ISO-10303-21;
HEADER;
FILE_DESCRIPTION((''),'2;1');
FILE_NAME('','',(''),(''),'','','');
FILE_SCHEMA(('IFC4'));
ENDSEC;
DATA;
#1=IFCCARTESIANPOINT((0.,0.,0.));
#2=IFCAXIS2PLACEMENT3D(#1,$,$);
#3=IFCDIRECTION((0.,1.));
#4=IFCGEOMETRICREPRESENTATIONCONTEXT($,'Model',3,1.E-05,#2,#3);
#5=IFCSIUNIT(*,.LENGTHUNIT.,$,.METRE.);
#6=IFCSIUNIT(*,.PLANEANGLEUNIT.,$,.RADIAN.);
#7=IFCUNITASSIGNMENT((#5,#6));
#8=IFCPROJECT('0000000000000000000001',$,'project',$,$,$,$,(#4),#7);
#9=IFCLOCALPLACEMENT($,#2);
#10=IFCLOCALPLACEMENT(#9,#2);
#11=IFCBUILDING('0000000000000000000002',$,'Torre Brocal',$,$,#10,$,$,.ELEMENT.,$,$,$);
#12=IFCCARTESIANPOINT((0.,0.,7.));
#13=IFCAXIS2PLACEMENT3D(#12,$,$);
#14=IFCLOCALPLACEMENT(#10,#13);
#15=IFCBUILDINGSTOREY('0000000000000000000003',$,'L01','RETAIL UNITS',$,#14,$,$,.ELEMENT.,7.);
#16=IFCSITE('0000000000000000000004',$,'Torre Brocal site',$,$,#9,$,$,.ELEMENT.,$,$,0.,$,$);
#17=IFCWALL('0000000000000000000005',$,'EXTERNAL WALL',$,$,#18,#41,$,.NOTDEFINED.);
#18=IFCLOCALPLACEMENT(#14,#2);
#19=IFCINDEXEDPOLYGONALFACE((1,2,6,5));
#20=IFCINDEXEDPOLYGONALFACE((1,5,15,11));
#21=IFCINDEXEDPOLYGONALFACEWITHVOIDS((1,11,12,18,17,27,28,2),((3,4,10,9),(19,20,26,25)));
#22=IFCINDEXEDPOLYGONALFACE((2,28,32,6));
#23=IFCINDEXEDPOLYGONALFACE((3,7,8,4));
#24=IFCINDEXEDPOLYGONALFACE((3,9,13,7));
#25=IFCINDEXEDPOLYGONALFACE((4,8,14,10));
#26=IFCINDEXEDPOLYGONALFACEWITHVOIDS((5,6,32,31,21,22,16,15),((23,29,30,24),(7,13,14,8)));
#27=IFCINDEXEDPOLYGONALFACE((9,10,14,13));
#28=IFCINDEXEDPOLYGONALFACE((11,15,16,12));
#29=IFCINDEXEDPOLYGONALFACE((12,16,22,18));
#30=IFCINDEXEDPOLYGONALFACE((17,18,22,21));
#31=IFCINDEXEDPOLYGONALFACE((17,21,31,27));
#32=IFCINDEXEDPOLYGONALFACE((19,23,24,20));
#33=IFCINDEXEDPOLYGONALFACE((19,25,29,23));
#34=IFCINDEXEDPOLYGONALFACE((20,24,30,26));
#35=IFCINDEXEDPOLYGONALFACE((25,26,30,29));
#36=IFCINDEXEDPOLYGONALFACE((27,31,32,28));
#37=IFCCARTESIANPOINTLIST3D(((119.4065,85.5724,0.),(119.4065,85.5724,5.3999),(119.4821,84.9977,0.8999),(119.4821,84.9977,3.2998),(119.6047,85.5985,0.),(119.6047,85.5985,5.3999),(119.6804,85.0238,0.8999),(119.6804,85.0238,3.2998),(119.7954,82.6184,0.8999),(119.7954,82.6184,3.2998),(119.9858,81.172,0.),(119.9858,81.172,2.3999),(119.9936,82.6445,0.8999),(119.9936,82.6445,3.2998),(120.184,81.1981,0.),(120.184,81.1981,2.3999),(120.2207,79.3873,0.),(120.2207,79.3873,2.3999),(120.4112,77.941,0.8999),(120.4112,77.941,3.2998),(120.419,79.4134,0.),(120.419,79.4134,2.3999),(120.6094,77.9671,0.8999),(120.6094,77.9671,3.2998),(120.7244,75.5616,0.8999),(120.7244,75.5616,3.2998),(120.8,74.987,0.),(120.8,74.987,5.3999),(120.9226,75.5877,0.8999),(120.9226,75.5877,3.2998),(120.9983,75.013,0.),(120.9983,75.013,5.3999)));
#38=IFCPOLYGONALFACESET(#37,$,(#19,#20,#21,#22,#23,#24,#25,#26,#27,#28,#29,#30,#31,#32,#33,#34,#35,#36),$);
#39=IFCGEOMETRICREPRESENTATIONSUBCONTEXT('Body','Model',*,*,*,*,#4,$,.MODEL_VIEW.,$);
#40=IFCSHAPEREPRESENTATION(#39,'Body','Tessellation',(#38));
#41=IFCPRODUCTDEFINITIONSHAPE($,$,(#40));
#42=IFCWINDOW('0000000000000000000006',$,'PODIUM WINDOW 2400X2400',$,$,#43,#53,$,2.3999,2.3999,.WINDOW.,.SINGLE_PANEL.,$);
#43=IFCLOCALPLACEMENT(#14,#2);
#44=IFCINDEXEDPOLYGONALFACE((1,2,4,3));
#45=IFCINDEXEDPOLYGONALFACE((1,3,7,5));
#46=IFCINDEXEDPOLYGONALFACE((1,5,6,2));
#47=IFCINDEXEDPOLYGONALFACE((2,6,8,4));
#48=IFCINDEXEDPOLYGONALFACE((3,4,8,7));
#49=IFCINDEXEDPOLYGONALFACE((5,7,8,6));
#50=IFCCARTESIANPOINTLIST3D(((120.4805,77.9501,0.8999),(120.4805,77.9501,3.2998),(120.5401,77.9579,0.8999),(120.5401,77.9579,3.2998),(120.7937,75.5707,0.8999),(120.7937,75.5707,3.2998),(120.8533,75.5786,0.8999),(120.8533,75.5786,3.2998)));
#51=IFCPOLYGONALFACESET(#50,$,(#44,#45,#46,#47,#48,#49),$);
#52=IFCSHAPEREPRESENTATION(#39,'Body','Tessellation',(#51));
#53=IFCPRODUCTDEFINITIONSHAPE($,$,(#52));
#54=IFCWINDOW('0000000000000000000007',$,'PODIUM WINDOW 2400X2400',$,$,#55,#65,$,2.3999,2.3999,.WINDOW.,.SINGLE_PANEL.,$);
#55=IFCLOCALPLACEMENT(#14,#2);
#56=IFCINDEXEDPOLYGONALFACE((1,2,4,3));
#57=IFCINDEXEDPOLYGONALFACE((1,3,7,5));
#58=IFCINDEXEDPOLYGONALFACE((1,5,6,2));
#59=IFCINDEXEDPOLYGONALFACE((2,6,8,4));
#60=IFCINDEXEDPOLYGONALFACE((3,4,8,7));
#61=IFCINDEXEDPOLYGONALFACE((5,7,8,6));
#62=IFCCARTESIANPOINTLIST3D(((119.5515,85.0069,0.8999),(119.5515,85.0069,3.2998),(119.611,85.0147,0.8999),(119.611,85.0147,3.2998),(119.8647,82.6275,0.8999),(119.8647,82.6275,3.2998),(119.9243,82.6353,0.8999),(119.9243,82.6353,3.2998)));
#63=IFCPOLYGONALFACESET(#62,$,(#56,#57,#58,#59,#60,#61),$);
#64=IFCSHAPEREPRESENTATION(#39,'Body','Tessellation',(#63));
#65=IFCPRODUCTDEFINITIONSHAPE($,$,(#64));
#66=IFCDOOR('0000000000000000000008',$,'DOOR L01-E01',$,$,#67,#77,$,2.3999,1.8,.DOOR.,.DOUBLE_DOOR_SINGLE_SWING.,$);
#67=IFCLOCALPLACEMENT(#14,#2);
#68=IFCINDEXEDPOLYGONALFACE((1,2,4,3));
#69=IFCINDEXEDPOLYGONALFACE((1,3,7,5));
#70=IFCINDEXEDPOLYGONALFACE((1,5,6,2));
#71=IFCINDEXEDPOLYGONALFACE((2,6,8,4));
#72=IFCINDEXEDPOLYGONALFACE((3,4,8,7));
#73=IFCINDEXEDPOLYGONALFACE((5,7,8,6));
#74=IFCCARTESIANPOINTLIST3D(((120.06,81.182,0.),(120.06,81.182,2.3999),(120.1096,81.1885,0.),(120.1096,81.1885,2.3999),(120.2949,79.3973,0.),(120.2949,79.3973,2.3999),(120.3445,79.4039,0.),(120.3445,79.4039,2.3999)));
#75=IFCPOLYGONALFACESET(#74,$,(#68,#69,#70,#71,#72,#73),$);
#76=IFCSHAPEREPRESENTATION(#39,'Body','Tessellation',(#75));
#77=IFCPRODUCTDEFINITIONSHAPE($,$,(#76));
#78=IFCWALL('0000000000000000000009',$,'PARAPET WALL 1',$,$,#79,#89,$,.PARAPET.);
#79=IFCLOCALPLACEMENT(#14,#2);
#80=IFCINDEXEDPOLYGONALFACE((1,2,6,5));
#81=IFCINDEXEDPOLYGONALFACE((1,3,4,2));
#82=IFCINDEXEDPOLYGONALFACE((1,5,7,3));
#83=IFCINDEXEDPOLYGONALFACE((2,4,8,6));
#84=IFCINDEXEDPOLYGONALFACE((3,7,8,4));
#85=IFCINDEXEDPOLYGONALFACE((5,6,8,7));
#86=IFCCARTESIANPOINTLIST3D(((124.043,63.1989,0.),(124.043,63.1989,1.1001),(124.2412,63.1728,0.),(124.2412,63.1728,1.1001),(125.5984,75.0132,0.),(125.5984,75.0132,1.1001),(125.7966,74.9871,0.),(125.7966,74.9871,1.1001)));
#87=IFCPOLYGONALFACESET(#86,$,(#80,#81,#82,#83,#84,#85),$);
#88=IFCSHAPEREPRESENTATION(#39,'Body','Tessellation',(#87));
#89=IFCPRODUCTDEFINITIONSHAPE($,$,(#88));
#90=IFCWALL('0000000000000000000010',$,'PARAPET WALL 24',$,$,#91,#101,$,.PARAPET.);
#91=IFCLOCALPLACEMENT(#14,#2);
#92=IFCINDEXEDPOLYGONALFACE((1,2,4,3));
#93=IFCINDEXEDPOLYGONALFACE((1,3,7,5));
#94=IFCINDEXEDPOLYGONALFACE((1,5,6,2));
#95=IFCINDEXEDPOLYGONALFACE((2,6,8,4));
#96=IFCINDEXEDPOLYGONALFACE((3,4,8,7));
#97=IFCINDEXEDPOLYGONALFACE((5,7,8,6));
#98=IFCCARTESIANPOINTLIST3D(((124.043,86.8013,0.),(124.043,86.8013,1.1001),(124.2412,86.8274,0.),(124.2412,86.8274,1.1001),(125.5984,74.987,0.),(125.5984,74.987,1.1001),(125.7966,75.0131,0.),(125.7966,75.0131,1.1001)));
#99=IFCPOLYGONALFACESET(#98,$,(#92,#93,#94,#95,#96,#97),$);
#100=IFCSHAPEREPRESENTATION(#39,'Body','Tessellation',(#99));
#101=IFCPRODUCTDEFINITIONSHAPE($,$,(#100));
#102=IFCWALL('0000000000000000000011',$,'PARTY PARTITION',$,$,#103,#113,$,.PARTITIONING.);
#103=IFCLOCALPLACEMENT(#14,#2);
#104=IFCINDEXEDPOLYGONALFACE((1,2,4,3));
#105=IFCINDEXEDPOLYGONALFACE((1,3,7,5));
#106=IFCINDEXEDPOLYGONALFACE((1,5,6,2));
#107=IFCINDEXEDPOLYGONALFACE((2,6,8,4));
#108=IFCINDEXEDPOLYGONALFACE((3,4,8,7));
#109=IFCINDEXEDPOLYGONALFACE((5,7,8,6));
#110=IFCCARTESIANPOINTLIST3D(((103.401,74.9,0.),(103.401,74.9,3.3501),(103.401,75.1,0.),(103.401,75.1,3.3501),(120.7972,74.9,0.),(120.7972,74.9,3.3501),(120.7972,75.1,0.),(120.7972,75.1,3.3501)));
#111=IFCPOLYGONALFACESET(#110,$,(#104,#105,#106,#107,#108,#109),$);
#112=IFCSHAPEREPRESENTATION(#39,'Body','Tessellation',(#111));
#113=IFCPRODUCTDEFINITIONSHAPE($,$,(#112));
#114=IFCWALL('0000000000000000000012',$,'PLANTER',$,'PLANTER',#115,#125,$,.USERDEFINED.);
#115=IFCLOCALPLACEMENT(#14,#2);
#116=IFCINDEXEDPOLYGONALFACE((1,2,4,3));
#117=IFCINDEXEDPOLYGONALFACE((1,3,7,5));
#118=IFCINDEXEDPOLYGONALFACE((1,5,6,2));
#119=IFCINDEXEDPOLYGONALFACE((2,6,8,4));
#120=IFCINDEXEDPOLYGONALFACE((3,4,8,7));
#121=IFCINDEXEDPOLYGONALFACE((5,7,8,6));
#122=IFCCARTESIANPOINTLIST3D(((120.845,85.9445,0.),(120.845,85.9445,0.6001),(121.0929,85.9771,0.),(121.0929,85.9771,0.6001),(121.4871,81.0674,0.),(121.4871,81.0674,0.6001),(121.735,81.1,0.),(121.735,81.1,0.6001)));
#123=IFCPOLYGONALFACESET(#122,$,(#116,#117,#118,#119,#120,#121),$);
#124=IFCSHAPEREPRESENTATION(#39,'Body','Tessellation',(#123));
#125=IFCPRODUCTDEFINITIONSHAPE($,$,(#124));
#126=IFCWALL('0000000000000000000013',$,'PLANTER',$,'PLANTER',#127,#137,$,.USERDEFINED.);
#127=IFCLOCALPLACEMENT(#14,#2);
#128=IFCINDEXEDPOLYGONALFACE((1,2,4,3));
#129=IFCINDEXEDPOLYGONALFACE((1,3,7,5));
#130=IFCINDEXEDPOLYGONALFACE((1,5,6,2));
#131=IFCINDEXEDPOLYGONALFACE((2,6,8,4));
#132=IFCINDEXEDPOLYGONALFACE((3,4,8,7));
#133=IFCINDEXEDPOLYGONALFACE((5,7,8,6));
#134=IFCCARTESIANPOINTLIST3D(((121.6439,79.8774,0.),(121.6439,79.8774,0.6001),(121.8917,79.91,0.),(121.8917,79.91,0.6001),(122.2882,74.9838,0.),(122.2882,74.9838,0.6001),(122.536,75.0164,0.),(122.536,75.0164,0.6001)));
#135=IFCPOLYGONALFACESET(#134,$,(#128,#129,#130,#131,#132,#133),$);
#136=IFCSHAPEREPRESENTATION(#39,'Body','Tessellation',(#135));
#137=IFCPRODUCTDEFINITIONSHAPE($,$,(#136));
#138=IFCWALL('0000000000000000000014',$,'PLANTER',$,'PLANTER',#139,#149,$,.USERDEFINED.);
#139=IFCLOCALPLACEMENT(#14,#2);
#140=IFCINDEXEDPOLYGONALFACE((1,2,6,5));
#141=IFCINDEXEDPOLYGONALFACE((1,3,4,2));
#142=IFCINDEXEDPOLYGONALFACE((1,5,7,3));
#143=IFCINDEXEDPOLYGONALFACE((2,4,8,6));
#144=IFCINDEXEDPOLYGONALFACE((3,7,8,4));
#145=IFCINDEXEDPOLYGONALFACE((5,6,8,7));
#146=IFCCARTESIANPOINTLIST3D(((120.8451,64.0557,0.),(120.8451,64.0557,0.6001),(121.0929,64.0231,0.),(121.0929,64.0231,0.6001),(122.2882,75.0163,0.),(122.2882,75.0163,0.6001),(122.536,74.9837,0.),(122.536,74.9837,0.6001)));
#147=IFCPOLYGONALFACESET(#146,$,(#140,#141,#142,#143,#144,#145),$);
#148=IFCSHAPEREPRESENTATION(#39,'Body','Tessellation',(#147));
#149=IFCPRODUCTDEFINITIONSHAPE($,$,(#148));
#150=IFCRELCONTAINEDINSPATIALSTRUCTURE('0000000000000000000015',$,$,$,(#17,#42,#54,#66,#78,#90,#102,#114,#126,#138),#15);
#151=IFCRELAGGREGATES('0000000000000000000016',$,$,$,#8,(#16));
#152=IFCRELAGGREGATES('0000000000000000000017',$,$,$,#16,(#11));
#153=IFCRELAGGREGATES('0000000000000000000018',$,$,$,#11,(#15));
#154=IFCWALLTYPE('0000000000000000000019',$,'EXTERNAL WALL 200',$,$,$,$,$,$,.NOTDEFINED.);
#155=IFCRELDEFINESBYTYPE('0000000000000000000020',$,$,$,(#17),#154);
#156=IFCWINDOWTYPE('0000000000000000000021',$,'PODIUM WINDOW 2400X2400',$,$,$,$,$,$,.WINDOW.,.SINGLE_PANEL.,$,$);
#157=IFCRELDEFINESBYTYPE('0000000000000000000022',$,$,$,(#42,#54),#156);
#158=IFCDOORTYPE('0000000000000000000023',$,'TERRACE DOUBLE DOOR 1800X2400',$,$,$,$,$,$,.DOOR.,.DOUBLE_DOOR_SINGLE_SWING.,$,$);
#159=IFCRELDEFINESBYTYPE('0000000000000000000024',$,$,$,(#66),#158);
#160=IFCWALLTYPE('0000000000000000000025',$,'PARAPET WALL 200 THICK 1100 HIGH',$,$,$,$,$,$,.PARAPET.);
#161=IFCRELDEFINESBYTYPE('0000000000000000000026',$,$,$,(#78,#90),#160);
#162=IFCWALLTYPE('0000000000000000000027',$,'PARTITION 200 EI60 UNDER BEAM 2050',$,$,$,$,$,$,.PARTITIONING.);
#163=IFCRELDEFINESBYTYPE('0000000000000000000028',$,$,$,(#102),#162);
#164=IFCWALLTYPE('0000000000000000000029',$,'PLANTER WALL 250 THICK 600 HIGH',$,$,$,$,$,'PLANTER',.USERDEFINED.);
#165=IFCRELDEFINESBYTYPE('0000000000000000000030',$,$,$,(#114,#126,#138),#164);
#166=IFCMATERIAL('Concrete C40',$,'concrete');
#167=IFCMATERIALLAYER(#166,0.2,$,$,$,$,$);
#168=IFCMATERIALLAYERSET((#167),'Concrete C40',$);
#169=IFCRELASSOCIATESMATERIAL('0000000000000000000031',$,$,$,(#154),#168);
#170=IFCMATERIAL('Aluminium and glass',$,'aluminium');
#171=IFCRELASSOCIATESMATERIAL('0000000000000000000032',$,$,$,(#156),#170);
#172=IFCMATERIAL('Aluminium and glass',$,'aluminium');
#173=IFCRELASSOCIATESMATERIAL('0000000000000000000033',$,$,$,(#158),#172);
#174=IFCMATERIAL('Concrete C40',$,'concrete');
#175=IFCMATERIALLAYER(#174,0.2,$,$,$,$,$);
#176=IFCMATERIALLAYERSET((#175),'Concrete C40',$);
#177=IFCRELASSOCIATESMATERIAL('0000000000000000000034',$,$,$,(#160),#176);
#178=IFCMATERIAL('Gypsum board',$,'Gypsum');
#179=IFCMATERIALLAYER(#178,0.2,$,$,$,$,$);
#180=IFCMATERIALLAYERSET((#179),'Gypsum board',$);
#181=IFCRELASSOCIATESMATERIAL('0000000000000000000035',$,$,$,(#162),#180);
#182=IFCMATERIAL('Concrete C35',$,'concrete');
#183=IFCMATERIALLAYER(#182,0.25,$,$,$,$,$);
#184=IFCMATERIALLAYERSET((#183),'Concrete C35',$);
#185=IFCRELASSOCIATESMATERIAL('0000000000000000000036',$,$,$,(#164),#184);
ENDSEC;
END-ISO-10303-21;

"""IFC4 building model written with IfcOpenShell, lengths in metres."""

from ifc_helpers import new_model, si_unit, direction, frame, frame_2d, origin, place, context, subcontext, project, spatial, rectangle, extrude, material, layer, layer_set, type_object, element, fill, save


model = new_model("IFC4")

# Units and contexts
model_context = context("Model", 3, precision=1e-05, world=origin(), true_north=direction((0.0, 1.0)))
body_context = subcontext(model_context, "Body", "Model", "MODEL_VIEW")
ifc_project = project(units=[si_unit("LENGTHUNIT", "METRE"), si_unit("PLANEANGLEUNIT", "RADIAN")], contexts=[model_context])

# Site, building, storey
site_placement = place(None, origin())
site = spatial("IfcSite", under=ifc_project, at=site_placement, Name="Torre Brocal site", CompositionType="ELEMENT", RefElevation=0.0)
building_placement = place(site_placement, origin())
building = spatial("IfcBuilding", under=site, at=building_placement, Name="Torre Brocal", CompositionType="ELEMENT")
storey_placement = place(building_placement, frame((0.0, 0.0, 7.0)))
storey = spatial("IfcBuildingStorey", under=building, at=storey_placement, Name="L01", Description="RETAIL UNITS", CompositionType="ELEMENT", Elevation=7.0)

# Wall, openings, windows, door
ifc_material_1 = material(Name="Concrete C40", Category="concrete")
ifc_layer_1 = layer(ifc_material_1, 0.2)
ifc_layer_set_1 = layer_set([ifc_layer_1], Name="Concrete C40")
wall_type_1 = type_object("IfcWallType", Name="EXTERNAL WALL 200", PredefinedType="NOTDEFINED", material=ifc_layer_set_1)
wall_1_placement = place(storey_placement, frame((120.8992, 75.0, 0.0), z_axis=(0.0, 0.0, 1.0), x_axis=(-0.130522, 0.991445, 0.0)))
wall_1 = element("IfcWall", 1, at=wall_1_placement, inside=storey, type_object=wall_type_1, Name="EXTERNAL WALL", PredefinedType="NOTDEFINED", context=body_context, shape_type="SweptSolid", body=[
    extrude(rectangle(XDim=10.6768, YDim=0.2, at=frame_2d((5.3384, 0.0))), origin(), (0.0, 0.0, 1.0), 5.3999),
])
opening_1_placement = place(wall_1_placement, frame((0.5796, 0.0, 0.8999)))
opening_1 = element("IfcOpeningElement", 2, at=opening_1_placement, cuts=wall_1, PredefinedType="OPENING", context=body_context, shape_type="SweptSolid", body=[
    extrude(rectangle(XDim=2.3999, YDim=2.3999, at=frame_2d((1.2, 1.2))), frame((0.0, 0.1099, 0.0), z_axis=(0.0, -1.0, 0.0), x_axis=(1.0, 0.0, 0.0)), (0.0, 0.0, 1.0), 0.22),
])
opening_2_placement = place(wall_1_placement, frame((4.4385, 0.0, 0.0)))
opening_2 = element("IfcOpeningElement", 3, at=opening_2_placement, cuts=wall_1, PredefinedType="OPENING", context=body_context, shape_type="SweptSolid", body=[
    extrude(rectangle(XDim=1.8, YDim=2.3999, at=frame_2d((0.8999, 1.2))), frame((0.0, 0.1099, 0.0), z_axis=(0.0, -1.0, 0.0), x_axis=(1.0, 0.0, 0.0)), (0.0, 0.0, 1.0), 0.22),
])
opening_3_placement = place(wall_1_placement, frame((7.6973, 0.0, 0.8999)))
opening_3 = element("IfcOpeningElement", 4, at=opening_3_placement, cuts=wall_1, PredefinedType="OPENING", context=body_context, shape_type="SweptSolid", body=[
    extrude(rectangle(XDim=2.3999, YDim=2.3999, at=frame_2d((1.2, 1.2))), frame((0.0, 0.1099, 0.0), z_axis=(0.0, -1.0, 0.0), x_axis=(1.0, 0.0, 0.0)), (0.0, 0.0, 1.0), 0.22),
])
ifc_material_2 = material(Name="Aluminium and glass", Category="aluminium")
window_type = type_object("IfcWindowType", Name="PODIUM WINDOW 2400X2400", PartitioningType="SINGLE_PANEL", PredefinedType="WINDOW", material=ifc_material_2)
window_1_placement = place(opening_1_placement, origin())
window_1 = element("IfcWindow", 5, at=window_1_placement, inside=storey, type_object=window_type, Name="PODIUM WINDOW 2400X2400", OverallHeight=2.3999, OverallWidth=2.3999, PartitioningType="SINGLE_PANEL", PredefinedType="WINDOW", context=body_context, shape_type="SweptSolid", body=[
    extrude(rectangle(XDim=2.3999, YDim=2.3999, at=frame_2d((1.2, 1.2))), frame((0.0, 0.03, 0.0), z_axis=(0.0, -1.0, 0.0), x_axis=(1.0, 0.0, 0.0)), (0.0, 0.0, 1.0), 0.0601),
])
fill(opening_1, window_1)
window_2_placement = place(opening_3_placement, origin())
window_2 = element("IfcWindow", 6, at=window_2_placement, inside=storey, type_object=window_type, Name="PODIUM WINDOW 2400X2400", OverallHeight=2.3999, OverallWidth=2.3999, PartitioningType="SINGLE_PANEL", PredefinedType="WINDOW", context=body_context, shape_type="SweptSolid", body=[
    extrude(rectangle(XDim=2.3999, YDim=2.3999, at=frame_2d((1.2, 1.2))), frame((0.0, 0.03, 0.0), z_axis=(0.0, -1.0, 0.0), x_axis=(1.0, 0.0, 0.0)), (0.0, 0.0, 1.0), 0.0601),
])
fill(opening_3, window_2)
ifc_material_3 = material(Name="Aluminium and glass", Category="aluminium")
door_type = type_object("IfcDoorType", Name="TERRACE DOUBLE DOOR 1800X2400", OperationType="DOUBLE_DOOR_SINGLE_SWING", PredefinedType="DOOR", material=ifc_material_3)
door_placement = place(opening_2_placement, frame((1.8, 0.0, 0.0), z_axis=(0.0, 0.0, 1.0), x_axis=(-1.0, 0.0, 0.0)))
door = element("IfcDoor", 7, at=door_placement, inside=storey, type_object=door_type, Name="DOOR L01-E01", OperationType="DOUBLE_DOOR_SINGLE_SWING", OverallHeight=2.3999, OverallWidth=1.8, PredefinedType="DOOR", context=body_context, shape_type="SweptSolid", body=[
    extrude(rectangle(XDim=1.8, YDim=2.3999, at=frame_2d((0.8999, 1.2))), frame((0.0, 0.0249, 0.0), z_axis=(0.0, -1.0, 0.0), x_axis=(1.0, 0.0, 0.0)), (0.0, 0.0, 1.0), 0.05),
])
fill(opening_2, door)

# Walls
ifc_material_4 = material(Name="Concrete C40", Category="concrete")
ifc_layer_2 = layer(ifc_material_4, 0.2)
ifc_layer_set_2 = layer_set([ifc_layer_2], Name="Concrete C40")
wall_type_2 = type_object("IfcWallType", Name="PARAPET WALL 200 THICK 1100 HIGH", PredefinedType="PARAPET", material=ifc_layer_set_2)
for number, where, z_axis, x_axis, name in (
    (8, (125.6975, 75.0, 0.0), (0.0, 0.0, 1.0), (-0.13053, -0.991444, 0.0), "PARAPET WALL 1"),
    (9, (124.1421, 86.8142, 0.0), (0.0, 0.0, 1.0), (0.13053, -0.991444, 0.0), "PARAPET WALL 24"),
):
    element("IfcWall", number, at=place(storey_placement, frame(where, z_axis=z_axis, x_axis=x_axis)), inside=storey, type_object=wall_type_2, Name=name, PredefinedType="PARAPET", context=body_context, shape_type="SweptSolid", body=[
        extrude(rectangle(XDim=11.9163, YDim=0.2, at=frame_2d((5.958, 0.0))), origin(), (0.0, 0.0, 1.0), 1.1001),
    ])
ifc_material_5 = material(Name="Gypsum board", Category="Gypsum")
ifc_layer_3 = layer(ifc_material_5, 0.2)
ifc_layer_set_3 = layer_set([ifc_layer_3], Name="Gypsum board")
wall_type_3 = type_object("IfcWallType", Name="PARTITION 200 EI60 UNDER BEAM 2050", PredefinedType="PARTITIONING", material=ifc_layer_set_3)
wall_2_placement = place(storey_placement, frame((103.4009, 75.0, 0.0), z_axis=(0.0, 0.0, 1.0), x_axis=(1.0, 0.0, 0.0)))
element("IfcWall", 10, at=wall_2_placement, inside=storey, type_object=wall_type_3, Name="PARTY PARTITION", PredefinedType="PARTITIONING", context=body_context, shape_type="SweptSolid", body=[
    extrude(rectangle(XDim=17.3962, YDim=0.2, at=frame_2d((8.6982, 0.0))), origin(), (0.0, 0.0, 1.0), 3.3501),
])
ifc_material_6 = material(Name="Concrete C35", Category="concrete")
ifc_layer_4 = layer(ifc_material_6, 0.25)
ifc_layer_set_4 = layer_set([ifc_layer_4], Name="Concrete C35")
wall_type_4 = type_object("IfcWallType", Name="PLANTER WALL 250 THICK 600 HIGH", ElementType="PLANTER", PredefinedType="USERDEFINED", material=ifc_layer_set_4)
wall_3_placement = place(storey_placement, frame((120.969, 85.9607, 0.0), z_axis=(0.0, 0.0, 1.0), x_axis=(0.130525, -0.991445, 0.0)))
element("IfcWall", 11, at=wall_3_placement, inside=storey, type_object=wall_type_4, Name="PLANTER", ObjectType="PLANTER", PredefinedType="USERDEFINED", context=body_context, shape_type="SweptSolid", body=[
    extrude(rectangle(XDim=4.9192, YDim=0.25, at=frame_2d((2.4595, 0.0))), origin(), (0.0, 0.0, 1.0), 0.6001),
])
wall_4_placement = place(storey_placement, frame((121.7678, 79.8936, 0.0), z_axis=(0.0, 0.0, 1.0), x_axis=(0.130534, -0.991444, 0.0)))
element("IfcWall", 12, at=wall_4_placement, inside=storey, type_object=wall_type_4, Name="PLANTER", ObjectType="PLANTER", PredefinedType="USERDEFINED", context=body_context, shape_type="SweptSolid", body=[
    extrude(rectangle(XDim=4.9358, YDim=0.25, at=frame_2d((2.4678, 0.0))), origin(), (0.0, 0.0, 1.0), 0.6001),
])
wall_5_placement = place(storey_placement, frame((122.4121, 75.0, 0.0), z_axis=(0.0, 0.0, 1.0), x_axis=(-0.130536, -0.991444, 0.0)))
element("IfcWall", 13, at=wall_5_placement, inside=storey, type_object=wall_type_4, Name="PLANTER", ObjectType="PLANTER", PredefinedType="USERDEFINED", context=body_context, shape_type="SweptSolid", body=[
    extrude(rectangle(XDim=11.0552, YDim=0.25, at=frame_2d((5.5276, 0.0))), origin(), (0.0, 0.0, 1.0), 0.6001),
])

save(model, "model.ifc")
